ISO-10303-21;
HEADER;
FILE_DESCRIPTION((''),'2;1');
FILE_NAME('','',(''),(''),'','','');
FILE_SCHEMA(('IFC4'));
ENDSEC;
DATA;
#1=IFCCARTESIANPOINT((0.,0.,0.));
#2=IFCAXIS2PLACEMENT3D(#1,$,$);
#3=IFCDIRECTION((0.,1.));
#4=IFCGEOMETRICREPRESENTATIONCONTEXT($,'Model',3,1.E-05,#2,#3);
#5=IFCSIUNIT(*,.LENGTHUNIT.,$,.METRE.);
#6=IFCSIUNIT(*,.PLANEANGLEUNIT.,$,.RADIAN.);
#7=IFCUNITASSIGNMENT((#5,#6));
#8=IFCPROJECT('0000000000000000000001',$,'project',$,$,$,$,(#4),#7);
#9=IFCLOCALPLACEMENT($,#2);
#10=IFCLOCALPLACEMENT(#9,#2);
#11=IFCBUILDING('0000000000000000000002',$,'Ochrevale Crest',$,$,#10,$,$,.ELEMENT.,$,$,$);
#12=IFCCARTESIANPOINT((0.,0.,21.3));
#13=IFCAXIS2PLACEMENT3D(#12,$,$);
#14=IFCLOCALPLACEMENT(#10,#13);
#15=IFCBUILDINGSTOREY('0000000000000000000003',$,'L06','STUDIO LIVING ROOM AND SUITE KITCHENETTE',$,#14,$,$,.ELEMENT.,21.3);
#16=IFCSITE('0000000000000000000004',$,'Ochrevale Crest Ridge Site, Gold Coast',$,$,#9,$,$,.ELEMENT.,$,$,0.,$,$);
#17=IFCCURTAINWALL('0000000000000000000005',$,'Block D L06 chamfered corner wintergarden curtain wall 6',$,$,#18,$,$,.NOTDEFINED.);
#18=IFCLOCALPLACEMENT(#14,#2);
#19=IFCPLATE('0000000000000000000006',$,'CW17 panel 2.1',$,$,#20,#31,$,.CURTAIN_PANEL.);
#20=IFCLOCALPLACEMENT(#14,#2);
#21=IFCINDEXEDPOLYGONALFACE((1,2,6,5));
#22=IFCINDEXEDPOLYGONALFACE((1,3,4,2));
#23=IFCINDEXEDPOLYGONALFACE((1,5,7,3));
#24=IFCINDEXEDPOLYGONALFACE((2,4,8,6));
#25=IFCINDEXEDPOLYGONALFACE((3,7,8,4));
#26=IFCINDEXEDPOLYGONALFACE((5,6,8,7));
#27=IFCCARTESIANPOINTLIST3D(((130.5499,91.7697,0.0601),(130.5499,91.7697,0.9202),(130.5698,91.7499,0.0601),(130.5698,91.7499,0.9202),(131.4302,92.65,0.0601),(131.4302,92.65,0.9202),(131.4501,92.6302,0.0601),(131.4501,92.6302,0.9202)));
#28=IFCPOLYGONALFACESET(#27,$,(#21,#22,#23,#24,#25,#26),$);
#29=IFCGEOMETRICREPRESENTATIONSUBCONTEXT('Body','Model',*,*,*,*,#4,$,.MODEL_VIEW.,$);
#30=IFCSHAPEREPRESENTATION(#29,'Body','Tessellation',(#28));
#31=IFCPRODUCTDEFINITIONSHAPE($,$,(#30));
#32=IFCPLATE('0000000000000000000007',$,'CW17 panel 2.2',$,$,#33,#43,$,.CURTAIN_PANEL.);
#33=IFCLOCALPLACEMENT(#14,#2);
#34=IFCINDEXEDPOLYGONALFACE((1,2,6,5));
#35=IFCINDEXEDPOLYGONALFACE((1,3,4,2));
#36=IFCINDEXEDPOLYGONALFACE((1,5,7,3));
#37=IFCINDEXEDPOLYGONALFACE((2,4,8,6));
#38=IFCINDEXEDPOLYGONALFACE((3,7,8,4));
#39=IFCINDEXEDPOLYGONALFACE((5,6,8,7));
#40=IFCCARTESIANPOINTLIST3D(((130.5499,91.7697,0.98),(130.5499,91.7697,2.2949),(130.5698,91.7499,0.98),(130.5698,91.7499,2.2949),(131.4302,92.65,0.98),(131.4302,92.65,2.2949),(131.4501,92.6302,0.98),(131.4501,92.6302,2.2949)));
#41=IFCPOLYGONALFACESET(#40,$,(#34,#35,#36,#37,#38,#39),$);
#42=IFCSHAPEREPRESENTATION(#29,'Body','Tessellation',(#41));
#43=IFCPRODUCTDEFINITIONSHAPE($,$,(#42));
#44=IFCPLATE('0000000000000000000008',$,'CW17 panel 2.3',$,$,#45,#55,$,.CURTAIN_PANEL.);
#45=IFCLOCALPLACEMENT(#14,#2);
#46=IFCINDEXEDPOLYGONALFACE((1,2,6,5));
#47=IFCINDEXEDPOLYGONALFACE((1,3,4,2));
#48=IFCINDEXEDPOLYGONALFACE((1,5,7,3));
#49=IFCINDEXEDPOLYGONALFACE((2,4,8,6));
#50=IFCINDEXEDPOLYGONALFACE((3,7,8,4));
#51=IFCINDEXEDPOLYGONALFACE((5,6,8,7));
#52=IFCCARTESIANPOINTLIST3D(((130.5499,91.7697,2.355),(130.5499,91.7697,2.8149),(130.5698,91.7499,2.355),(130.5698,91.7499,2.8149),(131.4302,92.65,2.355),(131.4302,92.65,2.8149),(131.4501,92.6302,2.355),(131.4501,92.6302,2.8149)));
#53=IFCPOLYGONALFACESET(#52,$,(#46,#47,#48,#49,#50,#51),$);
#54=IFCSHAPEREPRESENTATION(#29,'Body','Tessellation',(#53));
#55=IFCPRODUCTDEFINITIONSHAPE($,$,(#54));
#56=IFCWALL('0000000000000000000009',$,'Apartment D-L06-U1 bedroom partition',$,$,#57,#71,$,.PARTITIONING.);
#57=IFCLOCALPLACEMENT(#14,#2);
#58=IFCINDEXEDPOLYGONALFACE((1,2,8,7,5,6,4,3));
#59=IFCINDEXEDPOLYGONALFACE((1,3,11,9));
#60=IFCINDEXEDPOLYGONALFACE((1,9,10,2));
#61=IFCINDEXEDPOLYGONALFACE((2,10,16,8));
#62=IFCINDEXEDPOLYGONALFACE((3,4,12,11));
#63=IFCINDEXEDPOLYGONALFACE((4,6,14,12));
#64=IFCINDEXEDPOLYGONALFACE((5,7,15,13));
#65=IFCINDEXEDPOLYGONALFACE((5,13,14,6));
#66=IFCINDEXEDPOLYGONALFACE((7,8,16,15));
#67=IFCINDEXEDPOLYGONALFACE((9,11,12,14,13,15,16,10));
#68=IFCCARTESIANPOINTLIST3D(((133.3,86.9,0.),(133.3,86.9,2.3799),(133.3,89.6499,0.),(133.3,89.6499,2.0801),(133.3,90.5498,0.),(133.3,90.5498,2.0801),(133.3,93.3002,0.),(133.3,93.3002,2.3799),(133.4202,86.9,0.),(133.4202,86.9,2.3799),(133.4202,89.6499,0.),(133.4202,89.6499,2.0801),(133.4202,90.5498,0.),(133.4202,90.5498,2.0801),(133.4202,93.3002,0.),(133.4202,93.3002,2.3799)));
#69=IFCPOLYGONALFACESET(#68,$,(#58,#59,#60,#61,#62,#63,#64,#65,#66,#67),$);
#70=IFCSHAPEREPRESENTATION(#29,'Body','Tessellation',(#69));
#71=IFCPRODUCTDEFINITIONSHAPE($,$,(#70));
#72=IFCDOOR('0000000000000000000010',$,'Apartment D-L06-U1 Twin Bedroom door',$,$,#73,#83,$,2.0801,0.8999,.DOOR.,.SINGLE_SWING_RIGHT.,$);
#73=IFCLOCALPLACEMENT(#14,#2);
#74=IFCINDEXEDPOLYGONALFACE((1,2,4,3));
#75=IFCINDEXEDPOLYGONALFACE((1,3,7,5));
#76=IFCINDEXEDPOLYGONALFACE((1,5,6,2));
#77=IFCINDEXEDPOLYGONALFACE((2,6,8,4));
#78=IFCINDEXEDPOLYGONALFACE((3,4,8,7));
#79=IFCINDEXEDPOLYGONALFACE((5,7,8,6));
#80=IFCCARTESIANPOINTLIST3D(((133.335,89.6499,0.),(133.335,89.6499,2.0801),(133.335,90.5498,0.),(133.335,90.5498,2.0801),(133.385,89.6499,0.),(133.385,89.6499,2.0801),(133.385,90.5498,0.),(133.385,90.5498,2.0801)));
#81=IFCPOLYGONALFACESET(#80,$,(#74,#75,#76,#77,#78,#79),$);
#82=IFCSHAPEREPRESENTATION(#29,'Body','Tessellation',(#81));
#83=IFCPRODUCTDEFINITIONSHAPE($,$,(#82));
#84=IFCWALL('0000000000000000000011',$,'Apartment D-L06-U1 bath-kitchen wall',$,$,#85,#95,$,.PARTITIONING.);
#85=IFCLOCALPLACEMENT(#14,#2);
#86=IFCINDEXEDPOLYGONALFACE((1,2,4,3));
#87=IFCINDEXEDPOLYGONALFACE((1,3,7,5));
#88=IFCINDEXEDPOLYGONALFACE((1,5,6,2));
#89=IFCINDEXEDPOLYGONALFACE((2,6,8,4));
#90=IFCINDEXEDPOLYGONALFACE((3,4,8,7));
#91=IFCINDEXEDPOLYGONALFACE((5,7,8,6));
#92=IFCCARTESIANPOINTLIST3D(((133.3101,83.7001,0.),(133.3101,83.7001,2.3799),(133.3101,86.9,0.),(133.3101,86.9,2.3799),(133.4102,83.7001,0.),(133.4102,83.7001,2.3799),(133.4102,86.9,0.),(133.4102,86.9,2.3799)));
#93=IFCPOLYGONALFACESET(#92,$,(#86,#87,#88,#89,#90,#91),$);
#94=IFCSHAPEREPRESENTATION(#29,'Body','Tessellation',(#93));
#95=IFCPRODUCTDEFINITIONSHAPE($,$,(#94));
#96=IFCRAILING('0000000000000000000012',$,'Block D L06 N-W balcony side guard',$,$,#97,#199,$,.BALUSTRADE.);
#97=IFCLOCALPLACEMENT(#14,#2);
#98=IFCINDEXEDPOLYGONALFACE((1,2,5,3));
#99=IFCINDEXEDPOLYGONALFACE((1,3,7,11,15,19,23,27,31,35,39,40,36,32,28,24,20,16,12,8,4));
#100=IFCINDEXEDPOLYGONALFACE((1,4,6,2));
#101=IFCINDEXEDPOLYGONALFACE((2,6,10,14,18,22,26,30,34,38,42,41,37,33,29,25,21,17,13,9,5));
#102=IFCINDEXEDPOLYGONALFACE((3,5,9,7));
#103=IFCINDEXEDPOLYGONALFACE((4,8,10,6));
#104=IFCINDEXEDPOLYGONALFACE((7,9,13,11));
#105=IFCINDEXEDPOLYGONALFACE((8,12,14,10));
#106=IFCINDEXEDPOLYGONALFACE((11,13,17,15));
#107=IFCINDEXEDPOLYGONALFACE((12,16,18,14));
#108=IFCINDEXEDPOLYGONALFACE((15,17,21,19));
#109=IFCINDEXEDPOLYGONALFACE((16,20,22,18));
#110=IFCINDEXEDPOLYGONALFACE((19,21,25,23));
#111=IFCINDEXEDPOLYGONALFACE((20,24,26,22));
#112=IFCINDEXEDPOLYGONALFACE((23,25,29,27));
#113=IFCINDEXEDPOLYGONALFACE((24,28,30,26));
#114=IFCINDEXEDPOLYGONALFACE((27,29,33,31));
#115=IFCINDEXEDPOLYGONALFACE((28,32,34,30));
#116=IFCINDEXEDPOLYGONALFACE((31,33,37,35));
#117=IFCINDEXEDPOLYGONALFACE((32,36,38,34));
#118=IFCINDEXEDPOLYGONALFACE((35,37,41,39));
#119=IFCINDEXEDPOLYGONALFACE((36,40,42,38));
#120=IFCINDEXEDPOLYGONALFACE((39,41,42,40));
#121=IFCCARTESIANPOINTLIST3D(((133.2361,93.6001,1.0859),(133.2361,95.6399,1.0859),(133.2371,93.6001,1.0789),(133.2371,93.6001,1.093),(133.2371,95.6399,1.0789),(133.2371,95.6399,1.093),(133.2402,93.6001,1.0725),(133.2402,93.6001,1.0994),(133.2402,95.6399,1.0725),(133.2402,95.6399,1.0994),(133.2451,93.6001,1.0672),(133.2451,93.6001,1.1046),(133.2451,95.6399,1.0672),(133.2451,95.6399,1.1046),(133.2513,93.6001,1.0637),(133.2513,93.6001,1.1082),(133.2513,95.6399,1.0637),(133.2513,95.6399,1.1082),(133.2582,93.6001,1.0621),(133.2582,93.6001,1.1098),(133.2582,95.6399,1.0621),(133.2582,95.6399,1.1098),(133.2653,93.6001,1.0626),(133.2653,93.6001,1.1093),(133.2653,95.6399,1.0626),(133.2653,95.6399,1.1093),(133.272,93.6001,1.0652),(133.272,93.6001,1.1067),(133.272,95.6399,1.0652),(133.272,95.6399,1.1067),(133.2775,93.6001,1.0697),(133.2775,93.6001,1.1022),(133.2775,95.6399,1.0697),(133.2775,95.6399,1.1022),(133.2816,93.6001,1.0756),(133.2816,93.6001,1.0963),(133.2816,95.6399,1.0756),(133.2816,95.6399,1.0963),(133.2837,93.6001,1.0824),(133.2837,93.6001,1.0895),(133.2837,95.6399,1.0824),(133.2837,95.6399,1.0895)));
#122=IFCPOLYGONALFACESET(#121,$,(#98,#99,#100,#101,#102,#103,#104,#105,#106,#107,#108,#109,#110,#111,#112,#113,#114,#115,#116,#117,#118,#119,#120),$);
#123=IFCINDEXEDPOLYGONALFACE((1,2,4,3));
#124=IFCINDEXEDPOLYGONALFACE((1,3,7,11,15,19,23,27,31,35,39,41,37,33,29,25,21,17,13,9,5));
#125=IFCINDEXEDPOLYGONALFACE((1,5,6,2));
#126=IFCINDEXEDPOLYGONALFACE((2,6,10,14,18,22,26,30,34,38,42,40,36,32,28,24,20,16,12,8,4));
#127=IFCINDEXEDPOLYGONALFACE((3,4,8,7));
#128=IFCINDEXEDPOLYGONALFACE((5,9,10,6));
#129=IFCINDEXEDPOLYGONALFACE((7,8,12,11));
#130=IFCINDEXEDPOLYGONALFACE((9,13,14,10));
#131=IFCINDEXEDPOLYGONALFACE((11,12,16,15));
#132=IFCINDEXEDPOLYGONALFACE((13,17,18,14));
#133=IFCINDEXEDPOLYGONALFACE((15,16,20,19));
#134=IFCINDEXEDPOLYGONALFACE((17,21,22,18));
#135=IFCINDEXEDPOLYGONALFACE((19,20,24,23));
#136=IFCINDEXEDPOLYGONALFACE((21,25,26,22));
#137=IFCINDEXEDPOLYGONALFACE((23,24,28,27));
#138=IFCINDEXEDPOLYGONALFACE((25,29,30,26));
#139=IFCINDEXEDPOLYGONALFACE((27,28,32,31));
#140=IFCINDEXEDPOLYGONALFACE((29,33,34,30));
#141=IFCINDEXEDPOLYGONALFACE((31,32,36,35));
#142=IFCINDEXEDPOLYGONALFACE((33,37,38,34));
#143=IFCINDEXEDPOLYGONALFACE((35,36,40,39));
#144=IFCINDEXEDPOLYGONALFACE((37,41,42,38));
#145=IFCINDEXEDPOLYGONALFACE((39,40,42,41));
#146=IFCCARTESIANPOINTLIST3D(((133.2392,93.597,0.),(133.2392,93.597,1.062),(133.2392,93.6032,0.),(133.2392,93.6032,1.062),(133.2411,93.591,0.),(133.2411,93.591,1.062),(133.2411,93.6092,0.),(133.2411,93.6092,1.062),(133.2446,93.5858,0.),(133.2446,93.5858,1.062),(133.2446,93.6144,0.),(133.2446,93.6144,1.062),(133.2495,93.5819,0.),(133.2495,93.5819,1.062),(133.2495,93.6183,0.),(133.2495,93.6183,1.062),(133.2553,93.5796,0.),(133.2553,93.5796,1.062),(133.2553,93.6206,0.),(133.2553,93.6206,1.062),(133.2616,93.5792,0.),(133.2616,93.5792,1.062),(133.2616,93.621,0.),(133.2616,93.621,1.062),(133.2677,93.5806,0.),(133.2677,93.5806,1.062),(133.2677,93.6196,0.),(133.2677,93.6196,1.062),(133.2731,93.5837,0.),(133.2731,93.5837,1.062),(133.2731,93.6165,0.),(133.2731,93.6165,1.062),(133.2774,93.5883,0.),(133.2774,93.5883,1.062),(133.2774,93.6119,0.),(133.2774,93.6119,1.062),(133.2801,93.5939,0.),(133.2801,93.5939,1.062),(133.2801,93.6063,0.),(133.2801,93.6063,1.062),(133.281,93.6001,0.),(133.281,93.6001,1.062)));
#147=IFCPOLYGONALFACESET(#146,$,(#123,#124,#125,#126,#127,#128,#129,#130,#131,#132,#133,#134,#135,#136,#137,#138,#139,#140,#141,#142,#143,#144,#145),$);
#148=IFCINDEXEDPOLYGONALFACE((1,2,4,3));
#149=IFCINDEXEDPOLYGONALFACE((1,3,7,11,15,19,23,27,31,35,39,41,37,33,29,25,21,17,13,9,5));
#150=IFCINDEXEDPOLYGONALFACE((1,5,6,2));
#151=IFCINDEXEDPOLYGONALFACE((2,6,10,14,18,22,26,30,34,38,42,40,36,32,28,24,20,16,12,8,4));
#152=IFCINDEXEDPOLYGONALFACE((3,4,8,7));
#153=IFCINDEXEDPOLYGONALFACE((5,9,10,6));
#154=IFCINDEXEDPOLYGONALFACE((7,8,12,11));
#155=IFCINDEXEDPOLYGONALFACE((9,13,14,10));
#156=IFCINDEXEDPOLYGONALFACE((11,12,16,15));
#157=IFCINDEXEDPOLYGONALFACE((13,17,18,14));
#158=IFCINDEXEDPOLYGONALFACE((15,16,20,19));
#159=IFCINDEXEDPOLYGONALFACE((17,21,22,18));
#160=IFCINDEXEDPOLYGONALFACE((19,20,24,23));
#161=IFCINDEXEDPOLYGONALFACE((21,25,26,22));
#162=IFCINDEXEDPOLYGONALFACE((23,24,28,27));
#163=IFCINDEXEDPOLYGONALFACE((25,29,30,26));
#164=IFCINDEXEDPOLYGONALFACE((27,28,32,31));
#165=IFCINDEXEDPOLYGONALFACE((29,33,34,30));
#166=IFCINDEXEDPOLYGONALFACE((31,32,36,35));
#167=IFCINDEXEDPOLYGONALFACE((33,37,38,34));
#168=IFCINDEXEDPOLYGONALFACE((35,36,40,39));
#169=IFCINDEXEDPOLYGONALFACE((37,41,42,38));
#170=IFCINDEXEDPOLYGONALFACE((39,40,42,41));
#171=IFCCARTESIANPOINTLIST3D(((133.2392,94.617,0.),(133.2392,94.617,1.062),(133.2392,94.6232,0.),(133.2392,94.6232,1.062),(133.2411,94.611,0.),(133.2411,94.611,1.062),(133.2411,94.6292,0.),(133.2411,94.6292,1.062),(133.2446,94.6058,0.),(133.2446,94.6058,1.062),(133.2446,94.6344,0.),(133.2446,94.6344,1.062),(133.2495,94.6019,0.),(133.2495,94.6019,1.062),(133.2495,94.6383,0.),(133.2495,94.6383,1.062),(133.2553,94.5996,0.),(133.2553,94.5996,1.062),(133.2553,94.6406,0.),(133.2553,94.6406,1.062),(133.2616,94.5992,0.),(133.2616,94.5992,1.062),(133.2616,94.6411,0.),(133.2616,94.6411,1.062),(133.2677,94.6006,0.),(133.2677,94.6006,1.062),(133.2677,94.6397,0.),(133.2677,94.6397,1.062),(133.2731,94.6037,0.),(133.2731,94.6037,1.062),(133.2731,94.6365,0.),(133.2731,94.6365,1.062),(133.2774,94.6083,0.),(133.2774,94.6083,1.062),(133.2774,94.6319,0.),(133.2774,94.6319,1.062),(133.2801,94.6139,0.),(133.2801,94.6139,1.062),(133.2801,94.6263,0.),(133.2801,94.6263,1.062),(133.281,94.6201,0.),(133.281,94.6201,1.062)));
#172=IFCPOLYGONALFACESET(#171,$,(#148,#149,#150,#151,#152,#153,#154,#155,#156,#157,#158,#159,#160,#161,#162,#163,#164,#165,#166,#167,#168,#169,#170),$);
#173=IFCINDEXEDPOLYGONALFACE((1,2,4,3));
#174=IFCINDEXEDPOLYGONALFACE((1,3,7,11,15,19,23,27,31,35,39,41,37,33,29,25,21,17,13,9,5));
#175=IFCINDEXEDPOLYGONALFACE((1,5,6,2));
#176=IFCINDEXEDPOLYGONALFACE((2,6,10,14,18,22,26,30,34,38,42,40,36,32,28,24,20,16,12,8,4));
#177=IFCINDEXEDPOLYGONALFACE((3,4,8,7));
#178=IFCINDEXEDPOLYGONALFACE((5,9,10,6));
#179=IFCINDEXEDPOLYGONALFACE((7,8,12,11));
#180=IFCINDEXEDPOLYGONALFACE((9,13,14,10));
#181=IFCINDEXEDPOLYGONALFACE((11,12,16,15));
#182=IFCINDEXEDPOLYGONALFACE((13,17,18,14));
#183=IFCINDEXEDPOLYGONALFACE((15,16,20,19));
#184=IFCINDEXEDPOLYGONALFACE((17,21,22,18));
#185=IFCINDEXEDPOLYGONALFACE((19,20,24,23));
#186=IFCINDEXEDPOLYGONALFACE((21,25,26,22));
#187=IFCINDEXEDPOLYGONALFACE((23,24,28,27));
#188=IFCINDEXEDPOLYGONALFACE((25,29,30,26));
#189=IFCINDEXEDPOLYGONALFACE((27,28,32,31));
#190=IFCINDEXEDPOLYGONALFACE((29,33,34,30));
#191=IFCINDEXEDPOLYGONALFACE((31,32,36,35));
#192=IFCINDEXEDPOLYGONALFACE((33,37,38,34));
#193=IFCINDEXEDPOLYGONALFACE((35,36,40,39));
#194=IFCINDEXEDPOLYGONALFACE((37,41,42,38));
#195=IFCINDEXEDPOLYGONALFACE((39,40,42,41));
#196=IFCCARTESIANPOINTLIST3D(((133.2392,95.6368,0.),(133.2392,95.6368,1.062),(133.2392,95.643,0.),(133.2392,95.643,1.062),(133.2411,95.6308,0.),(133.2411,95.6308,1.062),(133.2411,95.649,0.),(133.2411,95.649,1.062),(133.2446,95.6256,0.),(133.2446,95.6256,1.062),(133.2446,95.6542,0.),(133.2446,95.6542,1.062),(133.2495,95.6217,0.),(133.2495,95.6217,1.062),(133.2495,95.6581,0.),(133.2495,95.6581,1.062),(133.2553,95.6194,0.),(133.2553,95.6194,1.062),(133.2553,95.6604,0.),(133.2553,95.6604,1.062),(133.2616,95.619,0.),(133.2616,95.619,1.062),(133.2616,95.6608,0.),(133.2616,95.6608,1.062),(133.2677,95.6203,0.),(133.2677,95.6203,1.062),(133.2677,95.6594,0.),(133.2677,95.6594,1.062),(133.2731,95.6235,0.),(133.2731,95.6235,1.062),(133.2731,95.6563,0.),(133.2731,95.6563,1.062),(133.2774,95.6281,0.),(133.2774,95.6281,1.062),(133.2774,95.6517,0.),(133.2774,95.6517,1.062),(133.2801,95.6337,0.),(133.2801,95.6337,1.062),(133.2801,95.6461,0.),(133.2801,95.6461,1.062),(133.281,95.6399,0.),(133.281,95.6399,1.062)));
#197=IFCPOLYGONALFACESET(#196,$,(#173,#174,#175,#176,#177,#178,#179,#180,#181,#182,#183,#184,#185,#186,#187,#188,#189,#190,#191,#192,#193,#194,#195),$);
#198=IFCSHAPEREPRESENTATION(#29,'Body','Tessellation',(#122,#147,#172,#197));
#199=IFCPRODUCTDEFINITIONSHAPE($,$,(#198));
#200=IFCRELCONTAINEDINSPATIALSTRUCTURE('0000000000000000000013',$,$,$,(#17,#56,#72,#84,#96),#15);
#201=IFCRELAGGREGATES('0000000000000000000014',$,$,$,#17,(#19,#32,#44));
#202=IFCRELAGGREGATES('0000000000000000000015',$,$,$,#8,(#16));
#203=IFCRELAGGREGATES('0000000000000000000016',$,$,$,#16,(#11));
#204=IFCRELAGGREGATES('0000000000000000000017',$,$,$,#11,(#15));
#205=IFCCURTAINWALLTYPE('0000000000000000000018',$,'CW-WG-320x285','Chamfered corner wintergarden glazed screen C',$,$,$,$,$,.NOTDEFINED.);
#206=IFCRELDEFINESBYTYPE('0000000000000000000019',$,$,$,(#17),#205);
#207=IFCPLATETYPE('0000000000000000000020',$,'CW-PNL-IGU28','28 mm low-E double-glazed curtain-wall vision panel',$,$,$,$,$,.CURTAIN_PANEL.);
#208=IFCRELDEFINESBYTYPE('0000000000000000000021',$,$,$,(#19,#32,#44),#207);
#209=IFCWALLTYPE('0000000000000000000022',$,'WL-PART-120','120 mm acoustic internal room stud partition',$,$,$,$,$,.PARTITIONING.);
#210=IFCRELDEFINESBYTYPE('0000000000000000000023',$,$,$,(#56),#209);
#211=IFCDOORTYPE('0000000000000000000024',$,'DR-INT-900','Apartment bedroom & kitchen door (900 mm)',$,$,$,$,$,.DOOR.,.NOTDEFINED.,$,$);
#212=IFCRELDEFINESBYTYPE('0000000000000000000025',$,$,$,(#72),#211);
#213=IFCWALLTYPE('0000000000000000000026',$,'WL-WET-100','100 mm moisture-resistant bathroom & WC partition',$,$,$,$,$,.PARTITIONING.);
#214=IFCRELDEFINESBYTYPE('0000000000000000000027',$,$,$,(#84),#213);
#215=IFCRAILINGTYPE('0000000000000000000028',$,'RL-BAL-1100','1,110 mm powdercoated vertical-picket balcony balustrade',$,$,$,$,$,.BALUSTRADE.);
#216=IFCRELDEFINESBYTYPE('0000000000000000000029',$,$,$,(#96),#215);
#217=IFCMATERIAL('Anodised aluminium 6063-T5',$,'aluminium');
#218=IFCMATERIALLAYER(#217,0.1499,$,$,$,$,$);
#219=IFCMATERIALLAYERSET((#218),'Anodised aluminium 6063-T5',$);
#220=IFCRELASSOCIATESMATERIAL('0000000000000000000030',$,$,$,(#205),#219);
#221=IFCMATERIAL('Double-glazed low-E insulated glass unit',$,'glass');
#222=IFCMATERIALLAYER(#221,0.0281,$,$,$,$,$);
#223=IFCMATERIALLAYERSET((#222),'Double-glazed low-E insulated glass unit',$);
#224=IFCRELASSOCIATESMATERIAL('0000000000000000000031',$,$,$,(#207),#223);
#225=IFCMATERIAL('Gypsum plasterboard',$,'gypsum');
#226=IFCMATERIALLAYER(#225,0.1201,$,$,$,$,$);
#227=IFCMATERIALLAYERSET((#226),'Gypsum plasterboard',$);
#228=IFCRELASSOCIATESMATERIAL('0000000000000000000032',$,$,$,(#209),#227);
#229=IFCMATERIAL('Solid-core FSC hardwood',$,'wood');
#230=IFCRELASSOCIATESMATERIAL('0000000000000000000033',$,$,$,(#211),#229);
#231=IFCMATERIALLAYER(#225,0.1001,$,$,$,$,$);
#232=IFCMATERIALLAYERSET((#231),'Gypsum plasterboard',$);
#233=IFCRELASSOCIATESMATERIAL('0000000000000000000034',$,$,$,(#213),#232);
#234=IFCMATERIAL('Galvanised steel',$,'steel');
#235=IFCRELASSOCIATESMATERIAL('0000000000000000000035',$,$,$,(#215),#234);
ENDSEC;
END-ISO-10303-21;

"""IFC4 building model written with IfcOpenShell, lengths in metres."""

from ifc_helpers import new_model, si_unit, direction, frame, frame_2d, origin, origin_2d, place, context, subcontext, project, spatial, rectangle, circle, extrude, material, layer, layer_set, type_object, element, fill, aggregate, save


model = new_model("IFC4")

# Units and contexts
model_context = context("Model", 3, precision=1e-05, world=origin(), true_north=direction((0.0, 1.0)))
body_context = subcontext(model_context, "Body", "Model", "MODEL_VIEW")
ifc_project = project(units=[si_unit("LENGTHUNIT", "METRE"), si_unit("PLANEANGLEUNIT", "RADIAN")], contexts=[model_context])

# Site, building, storey
site_placement = place(None, origin())
site = spatial("IfcSite", under=ifc_project, at=site_placement, Name="Ochrevale Crest Ridge Site, Gold Coast", CompositionType="ELEMENT", RefElevation=0.0)
building_placement = place(site_placement, origin())
building = spatial("IfcBuilding", under=site, at=building_placement, Name="Ochrevale Crest", CompositionType="ELEMENT")
storey_placement = place(building_placement, frame((0.0, 0.0, 21.3)))
storey = spatial("IfcBuildingStorey", under=building, at=storey_placement, Name="L06", Description="STUDIO LIVING ROOM AND SUITE KITCHENETTE", CompositionType="ELEMENT", Elevation=21.3)

# Curtain wall, plates
ifc_material_1 = material(Name="Anodised aluminium 6063-T5", Category="aluminium")
ifc_layer_1 = layer(ifc_material_1, 0.1499)
ifc_layer_set_1 = layer_set([ifc_layer_1], Name="Anodised aluminium 6063-T5")
curtain_wall_type = type_object("IfcCurtainWallType", Name="CW-WG-320x285", Description="Chamfered corner wintergarden glazed screen C", PredefinedType="NOTDEFINED", material=ifc_layer_set_1)
curtain_wall_placement = place(storey_placement, origin())
curtain_wall = element("IfcCurtainWall", 1, at=curtain_wall_placement, inside=storey, type_object=curtain_wall_type, Name="Block D L06 chamfered corner wintergarden curtain wall 6", PredefinedType="NOTDEFINED")
ifc_material_2 = material(Name="Double-glazed low-E insulated glass unit", Category="glass")
ifc_layer_2 = layer(ifc_material_2, 0.0281)
ifc_layer_set_2 = layer_set([ifc_layer_2], Name="Double-glazed low-E insulated glass unit")
plate_type = type_object("IfcPlateType", Name="CW-PNL-IGU28", Description="28 mm low-E double-glazed curtain-wall vision panel", PredefinedType="CURTAIN_PANEL", material=ifc_layer_set_2)
plate_1_placement = place(storey_placement, frame((131.0, 92.2, 0.0601), z_axis=(0.0, 0.0, 1.0), x_axis=(-0.707107, -0.707107, 0.0)))
plate_1 = element("IfcPlate", 2, at=plate_1_placement, type_object=plate_type, Name="CW17 panel 2.1", PredefinedType="CURTAIN_PANEL", context=body_context, shape_type="SweptSolid", body=[
    extrude(rectangle(XDim=1.2449, YDim=0.0281, at=origin_2d()), origin(), (0.0, 0.0, 1.0), 0.8601),
])
plate_2_placement = place(storey_placement, frame((131.0, 92.2, 0.98), z_axis=(0.0, 0.0, 1.0), x_axis=(-0.707107, -0.707107, 0.0)))
plate_2 = element("IfcPlate", 3, at=plate_2_placement, type_object=plate_type, Name="CW17 panel 2.2", PredefinedType="CURTAIN_PANEL", context=body_context, shape_type="SweptSolid", body=[
    extrude(rectangle(XDim=1.2449, YDim=0.0281, at=origin_2d()), origin(), (0.0, 0.0, 1.0), 1.3149),
])
plate_3_placement = place(storey_placement, frame((131.0, 92.2, 2.355), z_axis=(0.0, 0.0, 1.0), x_axis=(-0.707107, -0.707107, 0.0)))
plate_3 = element("IfcPlate", 4, at=plate_3_placement, type_object=plate_type, Name="CW17 panel 2.3", PredefinedType="CURTAIN_PANEL", context=body_context, shape_type="SweptSolid", body=[
    extrude(rectangle(XDim=1.2449, YDim=0.0281, at=origin_2d()), origin(), (0.0, 0.0, 1.0), 0.46),
])
aggregate(curtain_wall, [plate_1, plate_2, plate_3])

# Wall, opening, door
ifc_material_3 = material(Name="Gypsum plasterboard", Category="gypsum")
ifc_layer_3 = layer(ifc_material_3, 0.1201)
ifc_layer_set_3 = layer_set([ifc_layer_3], Name="Gypsum plasterboard")
wall_type_1 = type_object("IfcWallType", Name="WL-PART-120", Description="120 mm acoustic internal room stud partition", PredefinedType="PARTITIONING", material=ifc_layer_set_3)
wall_1_placement = place(storey_placement, frame((133.3601, 86.8999, 0.0), z_axis=(0.0, 0.0, 1.0), x_axis=(0.0, 1.0, 0.0)))
wall_1 = element("IfcWall", 5, at=wall_1_placement, inside=storey, type_object=wall_type_1, Name="Apartment D-L06-U1 bedroom partition", PredefinedType="PARTITIONING", context=body_context, shape_type="SweptSolid", body=[
    extrude(rectangle(XDim=6.4001, YDim=0.1201, at=frame_2d((3.2002, 0.0))), origin(), (0.0, 0.0, 1.0), 2.3799),
])
opening_placement = place(wall_1_placement, frame((3.6499, 0.0, 0.0), z_axis=(0.0, 0.0, 1.0), x_axis=(-1.0, 0.0, 0.0)))
opening = element("IfcOpeningElement", 6, at=opening_placement, cuts=wall_1, PredefinedType="OPENING", context=body_context, shape_type="SweptSolid", body=[
    extrude(rectangle(XDim=0.8999, YDim=2.0801, at=frame_2d((0.45, 1.04))), frame((0.0, 0.0701, 0.0), z_axis=(0.0, -1.0, 0.0), x_axis=(1.0, 0.0, 0.0)), (0.0, 0.0, 1.0), 0.1401),
])
ifc_material_4 = material(Name="Solid-core FSC hardwood", Category="wood")
door_type = type_object("IfcDoorType", Name="DR-INT-900", Description="Apartment bedroom & kitchen door (900 mm)", OperationType="NOTDEFINED", PredefinedType="DOOR", material=ifc_material_4)
door_placement = place(opening_placement, origin())
door = element("IfcDoor", 7, at=door_placement, inside=storey, type_object=door_type, Name="Apartment D-L06-U1 Twin Bedroom door", OperationType="SINGLE_SWING_RIGHT", OverallHeight=2.0801, OverallWidth=0.8999, PredefinedType="DOOR", context=body_context, shape_type="SweptSolid", body=[
    extrude(rectangle(XDim=0.8999, YDim=2.0801, at=frame_2d((0.45, 1.04))), frame((0.0, 0.0249, 0.0), z_axis=(0.0, -1.0, 0.0), x_axis=(1.0, 0.0, 0.0)), (0.0, 0.0, 1.0), 0.05),
])
fill(opening, door)

# Wall
ifc_layer_4 = layer(ifc_material_3, 0.1001)
ifc_layer_set_4 = layer_set([ifc_layer_4], Name="Gypsum plasterboard")
wall_type_2 = type_object("IfcWallType", Name="WL-WET-100", Description="100 mm moisture-resistant bathroom & WC partition", PredefinedType="PARTITIONING", material=ifc_layer_set_4)
wall_2_placement = place(storey_placement, frame((133.3601, 83.7, 0.0), z_axis=(0.0, 0.0, 1.0), x_axis=(0.0, 1.0, 0.0)))
element("IfcWall", 8, at=wall_2_placement, inside=storey, type_object=wall_type_2, Name="Apartment D-L06-U1 bath-kitchen wall", PredefinedType="PARTITIONING", context=body_context, shape_type="SweptSolid", body=[
    extrude(rectangle(XDim=3.2, YDim=0.1001, at=frame_2d((1.6001, 0.0))), origin(), (0.0, 0.0, 1.0), 2.3799),
])

# Railing
ifc_material_5 = material(Name="Galvanised steel", Category="steel")
railing_type = type_object("IfcRailingType", Name="RL-BAL-1100", Description="1,110 mm powdercoated vertical-picket balcony balustrade", PredefinedType="BALUSTRADE", material=ifc_material_5)
railing_1_placement = place(storey_placement, frame((133.26, 93.6001, 0.0)))
element("IfcRailing", 9, at=railing_1_placement, inside=storey, type_object=railing_type, Name="Block D L06 N-W balcony side guard", PredefinedType="BALUSTRADE", context=body_context, shape_type="SweptSolid", body=[
    extrude(circle(Radius=0.0239, at=origin_2d()), frame((0.0, 0.0, 1.0859), z_axis=(0.0, 1.0, 0.0), x_axis=(-1.0, 0.0, 0.0)), (0.0, 0.0, 1.0), 2.0398),
    extrude(circle(Radius=0.021, at=origin_2d()), origin(), (0.0, 0.0, 1.0), 1.062),
    extrude(circle(Radius=0.021, at=origin_2d()), frame((0.0, 1.02, 0.0)), (0.0, 0.0, 1.0), 1.062),
    extrude(circle(Radius=0.021, at=origin_2d()), frame((0.0, 2.0398, 0.0)), (0.0, 0.0, 1.0), 1.062),
])

save(model, "model.ifc")
